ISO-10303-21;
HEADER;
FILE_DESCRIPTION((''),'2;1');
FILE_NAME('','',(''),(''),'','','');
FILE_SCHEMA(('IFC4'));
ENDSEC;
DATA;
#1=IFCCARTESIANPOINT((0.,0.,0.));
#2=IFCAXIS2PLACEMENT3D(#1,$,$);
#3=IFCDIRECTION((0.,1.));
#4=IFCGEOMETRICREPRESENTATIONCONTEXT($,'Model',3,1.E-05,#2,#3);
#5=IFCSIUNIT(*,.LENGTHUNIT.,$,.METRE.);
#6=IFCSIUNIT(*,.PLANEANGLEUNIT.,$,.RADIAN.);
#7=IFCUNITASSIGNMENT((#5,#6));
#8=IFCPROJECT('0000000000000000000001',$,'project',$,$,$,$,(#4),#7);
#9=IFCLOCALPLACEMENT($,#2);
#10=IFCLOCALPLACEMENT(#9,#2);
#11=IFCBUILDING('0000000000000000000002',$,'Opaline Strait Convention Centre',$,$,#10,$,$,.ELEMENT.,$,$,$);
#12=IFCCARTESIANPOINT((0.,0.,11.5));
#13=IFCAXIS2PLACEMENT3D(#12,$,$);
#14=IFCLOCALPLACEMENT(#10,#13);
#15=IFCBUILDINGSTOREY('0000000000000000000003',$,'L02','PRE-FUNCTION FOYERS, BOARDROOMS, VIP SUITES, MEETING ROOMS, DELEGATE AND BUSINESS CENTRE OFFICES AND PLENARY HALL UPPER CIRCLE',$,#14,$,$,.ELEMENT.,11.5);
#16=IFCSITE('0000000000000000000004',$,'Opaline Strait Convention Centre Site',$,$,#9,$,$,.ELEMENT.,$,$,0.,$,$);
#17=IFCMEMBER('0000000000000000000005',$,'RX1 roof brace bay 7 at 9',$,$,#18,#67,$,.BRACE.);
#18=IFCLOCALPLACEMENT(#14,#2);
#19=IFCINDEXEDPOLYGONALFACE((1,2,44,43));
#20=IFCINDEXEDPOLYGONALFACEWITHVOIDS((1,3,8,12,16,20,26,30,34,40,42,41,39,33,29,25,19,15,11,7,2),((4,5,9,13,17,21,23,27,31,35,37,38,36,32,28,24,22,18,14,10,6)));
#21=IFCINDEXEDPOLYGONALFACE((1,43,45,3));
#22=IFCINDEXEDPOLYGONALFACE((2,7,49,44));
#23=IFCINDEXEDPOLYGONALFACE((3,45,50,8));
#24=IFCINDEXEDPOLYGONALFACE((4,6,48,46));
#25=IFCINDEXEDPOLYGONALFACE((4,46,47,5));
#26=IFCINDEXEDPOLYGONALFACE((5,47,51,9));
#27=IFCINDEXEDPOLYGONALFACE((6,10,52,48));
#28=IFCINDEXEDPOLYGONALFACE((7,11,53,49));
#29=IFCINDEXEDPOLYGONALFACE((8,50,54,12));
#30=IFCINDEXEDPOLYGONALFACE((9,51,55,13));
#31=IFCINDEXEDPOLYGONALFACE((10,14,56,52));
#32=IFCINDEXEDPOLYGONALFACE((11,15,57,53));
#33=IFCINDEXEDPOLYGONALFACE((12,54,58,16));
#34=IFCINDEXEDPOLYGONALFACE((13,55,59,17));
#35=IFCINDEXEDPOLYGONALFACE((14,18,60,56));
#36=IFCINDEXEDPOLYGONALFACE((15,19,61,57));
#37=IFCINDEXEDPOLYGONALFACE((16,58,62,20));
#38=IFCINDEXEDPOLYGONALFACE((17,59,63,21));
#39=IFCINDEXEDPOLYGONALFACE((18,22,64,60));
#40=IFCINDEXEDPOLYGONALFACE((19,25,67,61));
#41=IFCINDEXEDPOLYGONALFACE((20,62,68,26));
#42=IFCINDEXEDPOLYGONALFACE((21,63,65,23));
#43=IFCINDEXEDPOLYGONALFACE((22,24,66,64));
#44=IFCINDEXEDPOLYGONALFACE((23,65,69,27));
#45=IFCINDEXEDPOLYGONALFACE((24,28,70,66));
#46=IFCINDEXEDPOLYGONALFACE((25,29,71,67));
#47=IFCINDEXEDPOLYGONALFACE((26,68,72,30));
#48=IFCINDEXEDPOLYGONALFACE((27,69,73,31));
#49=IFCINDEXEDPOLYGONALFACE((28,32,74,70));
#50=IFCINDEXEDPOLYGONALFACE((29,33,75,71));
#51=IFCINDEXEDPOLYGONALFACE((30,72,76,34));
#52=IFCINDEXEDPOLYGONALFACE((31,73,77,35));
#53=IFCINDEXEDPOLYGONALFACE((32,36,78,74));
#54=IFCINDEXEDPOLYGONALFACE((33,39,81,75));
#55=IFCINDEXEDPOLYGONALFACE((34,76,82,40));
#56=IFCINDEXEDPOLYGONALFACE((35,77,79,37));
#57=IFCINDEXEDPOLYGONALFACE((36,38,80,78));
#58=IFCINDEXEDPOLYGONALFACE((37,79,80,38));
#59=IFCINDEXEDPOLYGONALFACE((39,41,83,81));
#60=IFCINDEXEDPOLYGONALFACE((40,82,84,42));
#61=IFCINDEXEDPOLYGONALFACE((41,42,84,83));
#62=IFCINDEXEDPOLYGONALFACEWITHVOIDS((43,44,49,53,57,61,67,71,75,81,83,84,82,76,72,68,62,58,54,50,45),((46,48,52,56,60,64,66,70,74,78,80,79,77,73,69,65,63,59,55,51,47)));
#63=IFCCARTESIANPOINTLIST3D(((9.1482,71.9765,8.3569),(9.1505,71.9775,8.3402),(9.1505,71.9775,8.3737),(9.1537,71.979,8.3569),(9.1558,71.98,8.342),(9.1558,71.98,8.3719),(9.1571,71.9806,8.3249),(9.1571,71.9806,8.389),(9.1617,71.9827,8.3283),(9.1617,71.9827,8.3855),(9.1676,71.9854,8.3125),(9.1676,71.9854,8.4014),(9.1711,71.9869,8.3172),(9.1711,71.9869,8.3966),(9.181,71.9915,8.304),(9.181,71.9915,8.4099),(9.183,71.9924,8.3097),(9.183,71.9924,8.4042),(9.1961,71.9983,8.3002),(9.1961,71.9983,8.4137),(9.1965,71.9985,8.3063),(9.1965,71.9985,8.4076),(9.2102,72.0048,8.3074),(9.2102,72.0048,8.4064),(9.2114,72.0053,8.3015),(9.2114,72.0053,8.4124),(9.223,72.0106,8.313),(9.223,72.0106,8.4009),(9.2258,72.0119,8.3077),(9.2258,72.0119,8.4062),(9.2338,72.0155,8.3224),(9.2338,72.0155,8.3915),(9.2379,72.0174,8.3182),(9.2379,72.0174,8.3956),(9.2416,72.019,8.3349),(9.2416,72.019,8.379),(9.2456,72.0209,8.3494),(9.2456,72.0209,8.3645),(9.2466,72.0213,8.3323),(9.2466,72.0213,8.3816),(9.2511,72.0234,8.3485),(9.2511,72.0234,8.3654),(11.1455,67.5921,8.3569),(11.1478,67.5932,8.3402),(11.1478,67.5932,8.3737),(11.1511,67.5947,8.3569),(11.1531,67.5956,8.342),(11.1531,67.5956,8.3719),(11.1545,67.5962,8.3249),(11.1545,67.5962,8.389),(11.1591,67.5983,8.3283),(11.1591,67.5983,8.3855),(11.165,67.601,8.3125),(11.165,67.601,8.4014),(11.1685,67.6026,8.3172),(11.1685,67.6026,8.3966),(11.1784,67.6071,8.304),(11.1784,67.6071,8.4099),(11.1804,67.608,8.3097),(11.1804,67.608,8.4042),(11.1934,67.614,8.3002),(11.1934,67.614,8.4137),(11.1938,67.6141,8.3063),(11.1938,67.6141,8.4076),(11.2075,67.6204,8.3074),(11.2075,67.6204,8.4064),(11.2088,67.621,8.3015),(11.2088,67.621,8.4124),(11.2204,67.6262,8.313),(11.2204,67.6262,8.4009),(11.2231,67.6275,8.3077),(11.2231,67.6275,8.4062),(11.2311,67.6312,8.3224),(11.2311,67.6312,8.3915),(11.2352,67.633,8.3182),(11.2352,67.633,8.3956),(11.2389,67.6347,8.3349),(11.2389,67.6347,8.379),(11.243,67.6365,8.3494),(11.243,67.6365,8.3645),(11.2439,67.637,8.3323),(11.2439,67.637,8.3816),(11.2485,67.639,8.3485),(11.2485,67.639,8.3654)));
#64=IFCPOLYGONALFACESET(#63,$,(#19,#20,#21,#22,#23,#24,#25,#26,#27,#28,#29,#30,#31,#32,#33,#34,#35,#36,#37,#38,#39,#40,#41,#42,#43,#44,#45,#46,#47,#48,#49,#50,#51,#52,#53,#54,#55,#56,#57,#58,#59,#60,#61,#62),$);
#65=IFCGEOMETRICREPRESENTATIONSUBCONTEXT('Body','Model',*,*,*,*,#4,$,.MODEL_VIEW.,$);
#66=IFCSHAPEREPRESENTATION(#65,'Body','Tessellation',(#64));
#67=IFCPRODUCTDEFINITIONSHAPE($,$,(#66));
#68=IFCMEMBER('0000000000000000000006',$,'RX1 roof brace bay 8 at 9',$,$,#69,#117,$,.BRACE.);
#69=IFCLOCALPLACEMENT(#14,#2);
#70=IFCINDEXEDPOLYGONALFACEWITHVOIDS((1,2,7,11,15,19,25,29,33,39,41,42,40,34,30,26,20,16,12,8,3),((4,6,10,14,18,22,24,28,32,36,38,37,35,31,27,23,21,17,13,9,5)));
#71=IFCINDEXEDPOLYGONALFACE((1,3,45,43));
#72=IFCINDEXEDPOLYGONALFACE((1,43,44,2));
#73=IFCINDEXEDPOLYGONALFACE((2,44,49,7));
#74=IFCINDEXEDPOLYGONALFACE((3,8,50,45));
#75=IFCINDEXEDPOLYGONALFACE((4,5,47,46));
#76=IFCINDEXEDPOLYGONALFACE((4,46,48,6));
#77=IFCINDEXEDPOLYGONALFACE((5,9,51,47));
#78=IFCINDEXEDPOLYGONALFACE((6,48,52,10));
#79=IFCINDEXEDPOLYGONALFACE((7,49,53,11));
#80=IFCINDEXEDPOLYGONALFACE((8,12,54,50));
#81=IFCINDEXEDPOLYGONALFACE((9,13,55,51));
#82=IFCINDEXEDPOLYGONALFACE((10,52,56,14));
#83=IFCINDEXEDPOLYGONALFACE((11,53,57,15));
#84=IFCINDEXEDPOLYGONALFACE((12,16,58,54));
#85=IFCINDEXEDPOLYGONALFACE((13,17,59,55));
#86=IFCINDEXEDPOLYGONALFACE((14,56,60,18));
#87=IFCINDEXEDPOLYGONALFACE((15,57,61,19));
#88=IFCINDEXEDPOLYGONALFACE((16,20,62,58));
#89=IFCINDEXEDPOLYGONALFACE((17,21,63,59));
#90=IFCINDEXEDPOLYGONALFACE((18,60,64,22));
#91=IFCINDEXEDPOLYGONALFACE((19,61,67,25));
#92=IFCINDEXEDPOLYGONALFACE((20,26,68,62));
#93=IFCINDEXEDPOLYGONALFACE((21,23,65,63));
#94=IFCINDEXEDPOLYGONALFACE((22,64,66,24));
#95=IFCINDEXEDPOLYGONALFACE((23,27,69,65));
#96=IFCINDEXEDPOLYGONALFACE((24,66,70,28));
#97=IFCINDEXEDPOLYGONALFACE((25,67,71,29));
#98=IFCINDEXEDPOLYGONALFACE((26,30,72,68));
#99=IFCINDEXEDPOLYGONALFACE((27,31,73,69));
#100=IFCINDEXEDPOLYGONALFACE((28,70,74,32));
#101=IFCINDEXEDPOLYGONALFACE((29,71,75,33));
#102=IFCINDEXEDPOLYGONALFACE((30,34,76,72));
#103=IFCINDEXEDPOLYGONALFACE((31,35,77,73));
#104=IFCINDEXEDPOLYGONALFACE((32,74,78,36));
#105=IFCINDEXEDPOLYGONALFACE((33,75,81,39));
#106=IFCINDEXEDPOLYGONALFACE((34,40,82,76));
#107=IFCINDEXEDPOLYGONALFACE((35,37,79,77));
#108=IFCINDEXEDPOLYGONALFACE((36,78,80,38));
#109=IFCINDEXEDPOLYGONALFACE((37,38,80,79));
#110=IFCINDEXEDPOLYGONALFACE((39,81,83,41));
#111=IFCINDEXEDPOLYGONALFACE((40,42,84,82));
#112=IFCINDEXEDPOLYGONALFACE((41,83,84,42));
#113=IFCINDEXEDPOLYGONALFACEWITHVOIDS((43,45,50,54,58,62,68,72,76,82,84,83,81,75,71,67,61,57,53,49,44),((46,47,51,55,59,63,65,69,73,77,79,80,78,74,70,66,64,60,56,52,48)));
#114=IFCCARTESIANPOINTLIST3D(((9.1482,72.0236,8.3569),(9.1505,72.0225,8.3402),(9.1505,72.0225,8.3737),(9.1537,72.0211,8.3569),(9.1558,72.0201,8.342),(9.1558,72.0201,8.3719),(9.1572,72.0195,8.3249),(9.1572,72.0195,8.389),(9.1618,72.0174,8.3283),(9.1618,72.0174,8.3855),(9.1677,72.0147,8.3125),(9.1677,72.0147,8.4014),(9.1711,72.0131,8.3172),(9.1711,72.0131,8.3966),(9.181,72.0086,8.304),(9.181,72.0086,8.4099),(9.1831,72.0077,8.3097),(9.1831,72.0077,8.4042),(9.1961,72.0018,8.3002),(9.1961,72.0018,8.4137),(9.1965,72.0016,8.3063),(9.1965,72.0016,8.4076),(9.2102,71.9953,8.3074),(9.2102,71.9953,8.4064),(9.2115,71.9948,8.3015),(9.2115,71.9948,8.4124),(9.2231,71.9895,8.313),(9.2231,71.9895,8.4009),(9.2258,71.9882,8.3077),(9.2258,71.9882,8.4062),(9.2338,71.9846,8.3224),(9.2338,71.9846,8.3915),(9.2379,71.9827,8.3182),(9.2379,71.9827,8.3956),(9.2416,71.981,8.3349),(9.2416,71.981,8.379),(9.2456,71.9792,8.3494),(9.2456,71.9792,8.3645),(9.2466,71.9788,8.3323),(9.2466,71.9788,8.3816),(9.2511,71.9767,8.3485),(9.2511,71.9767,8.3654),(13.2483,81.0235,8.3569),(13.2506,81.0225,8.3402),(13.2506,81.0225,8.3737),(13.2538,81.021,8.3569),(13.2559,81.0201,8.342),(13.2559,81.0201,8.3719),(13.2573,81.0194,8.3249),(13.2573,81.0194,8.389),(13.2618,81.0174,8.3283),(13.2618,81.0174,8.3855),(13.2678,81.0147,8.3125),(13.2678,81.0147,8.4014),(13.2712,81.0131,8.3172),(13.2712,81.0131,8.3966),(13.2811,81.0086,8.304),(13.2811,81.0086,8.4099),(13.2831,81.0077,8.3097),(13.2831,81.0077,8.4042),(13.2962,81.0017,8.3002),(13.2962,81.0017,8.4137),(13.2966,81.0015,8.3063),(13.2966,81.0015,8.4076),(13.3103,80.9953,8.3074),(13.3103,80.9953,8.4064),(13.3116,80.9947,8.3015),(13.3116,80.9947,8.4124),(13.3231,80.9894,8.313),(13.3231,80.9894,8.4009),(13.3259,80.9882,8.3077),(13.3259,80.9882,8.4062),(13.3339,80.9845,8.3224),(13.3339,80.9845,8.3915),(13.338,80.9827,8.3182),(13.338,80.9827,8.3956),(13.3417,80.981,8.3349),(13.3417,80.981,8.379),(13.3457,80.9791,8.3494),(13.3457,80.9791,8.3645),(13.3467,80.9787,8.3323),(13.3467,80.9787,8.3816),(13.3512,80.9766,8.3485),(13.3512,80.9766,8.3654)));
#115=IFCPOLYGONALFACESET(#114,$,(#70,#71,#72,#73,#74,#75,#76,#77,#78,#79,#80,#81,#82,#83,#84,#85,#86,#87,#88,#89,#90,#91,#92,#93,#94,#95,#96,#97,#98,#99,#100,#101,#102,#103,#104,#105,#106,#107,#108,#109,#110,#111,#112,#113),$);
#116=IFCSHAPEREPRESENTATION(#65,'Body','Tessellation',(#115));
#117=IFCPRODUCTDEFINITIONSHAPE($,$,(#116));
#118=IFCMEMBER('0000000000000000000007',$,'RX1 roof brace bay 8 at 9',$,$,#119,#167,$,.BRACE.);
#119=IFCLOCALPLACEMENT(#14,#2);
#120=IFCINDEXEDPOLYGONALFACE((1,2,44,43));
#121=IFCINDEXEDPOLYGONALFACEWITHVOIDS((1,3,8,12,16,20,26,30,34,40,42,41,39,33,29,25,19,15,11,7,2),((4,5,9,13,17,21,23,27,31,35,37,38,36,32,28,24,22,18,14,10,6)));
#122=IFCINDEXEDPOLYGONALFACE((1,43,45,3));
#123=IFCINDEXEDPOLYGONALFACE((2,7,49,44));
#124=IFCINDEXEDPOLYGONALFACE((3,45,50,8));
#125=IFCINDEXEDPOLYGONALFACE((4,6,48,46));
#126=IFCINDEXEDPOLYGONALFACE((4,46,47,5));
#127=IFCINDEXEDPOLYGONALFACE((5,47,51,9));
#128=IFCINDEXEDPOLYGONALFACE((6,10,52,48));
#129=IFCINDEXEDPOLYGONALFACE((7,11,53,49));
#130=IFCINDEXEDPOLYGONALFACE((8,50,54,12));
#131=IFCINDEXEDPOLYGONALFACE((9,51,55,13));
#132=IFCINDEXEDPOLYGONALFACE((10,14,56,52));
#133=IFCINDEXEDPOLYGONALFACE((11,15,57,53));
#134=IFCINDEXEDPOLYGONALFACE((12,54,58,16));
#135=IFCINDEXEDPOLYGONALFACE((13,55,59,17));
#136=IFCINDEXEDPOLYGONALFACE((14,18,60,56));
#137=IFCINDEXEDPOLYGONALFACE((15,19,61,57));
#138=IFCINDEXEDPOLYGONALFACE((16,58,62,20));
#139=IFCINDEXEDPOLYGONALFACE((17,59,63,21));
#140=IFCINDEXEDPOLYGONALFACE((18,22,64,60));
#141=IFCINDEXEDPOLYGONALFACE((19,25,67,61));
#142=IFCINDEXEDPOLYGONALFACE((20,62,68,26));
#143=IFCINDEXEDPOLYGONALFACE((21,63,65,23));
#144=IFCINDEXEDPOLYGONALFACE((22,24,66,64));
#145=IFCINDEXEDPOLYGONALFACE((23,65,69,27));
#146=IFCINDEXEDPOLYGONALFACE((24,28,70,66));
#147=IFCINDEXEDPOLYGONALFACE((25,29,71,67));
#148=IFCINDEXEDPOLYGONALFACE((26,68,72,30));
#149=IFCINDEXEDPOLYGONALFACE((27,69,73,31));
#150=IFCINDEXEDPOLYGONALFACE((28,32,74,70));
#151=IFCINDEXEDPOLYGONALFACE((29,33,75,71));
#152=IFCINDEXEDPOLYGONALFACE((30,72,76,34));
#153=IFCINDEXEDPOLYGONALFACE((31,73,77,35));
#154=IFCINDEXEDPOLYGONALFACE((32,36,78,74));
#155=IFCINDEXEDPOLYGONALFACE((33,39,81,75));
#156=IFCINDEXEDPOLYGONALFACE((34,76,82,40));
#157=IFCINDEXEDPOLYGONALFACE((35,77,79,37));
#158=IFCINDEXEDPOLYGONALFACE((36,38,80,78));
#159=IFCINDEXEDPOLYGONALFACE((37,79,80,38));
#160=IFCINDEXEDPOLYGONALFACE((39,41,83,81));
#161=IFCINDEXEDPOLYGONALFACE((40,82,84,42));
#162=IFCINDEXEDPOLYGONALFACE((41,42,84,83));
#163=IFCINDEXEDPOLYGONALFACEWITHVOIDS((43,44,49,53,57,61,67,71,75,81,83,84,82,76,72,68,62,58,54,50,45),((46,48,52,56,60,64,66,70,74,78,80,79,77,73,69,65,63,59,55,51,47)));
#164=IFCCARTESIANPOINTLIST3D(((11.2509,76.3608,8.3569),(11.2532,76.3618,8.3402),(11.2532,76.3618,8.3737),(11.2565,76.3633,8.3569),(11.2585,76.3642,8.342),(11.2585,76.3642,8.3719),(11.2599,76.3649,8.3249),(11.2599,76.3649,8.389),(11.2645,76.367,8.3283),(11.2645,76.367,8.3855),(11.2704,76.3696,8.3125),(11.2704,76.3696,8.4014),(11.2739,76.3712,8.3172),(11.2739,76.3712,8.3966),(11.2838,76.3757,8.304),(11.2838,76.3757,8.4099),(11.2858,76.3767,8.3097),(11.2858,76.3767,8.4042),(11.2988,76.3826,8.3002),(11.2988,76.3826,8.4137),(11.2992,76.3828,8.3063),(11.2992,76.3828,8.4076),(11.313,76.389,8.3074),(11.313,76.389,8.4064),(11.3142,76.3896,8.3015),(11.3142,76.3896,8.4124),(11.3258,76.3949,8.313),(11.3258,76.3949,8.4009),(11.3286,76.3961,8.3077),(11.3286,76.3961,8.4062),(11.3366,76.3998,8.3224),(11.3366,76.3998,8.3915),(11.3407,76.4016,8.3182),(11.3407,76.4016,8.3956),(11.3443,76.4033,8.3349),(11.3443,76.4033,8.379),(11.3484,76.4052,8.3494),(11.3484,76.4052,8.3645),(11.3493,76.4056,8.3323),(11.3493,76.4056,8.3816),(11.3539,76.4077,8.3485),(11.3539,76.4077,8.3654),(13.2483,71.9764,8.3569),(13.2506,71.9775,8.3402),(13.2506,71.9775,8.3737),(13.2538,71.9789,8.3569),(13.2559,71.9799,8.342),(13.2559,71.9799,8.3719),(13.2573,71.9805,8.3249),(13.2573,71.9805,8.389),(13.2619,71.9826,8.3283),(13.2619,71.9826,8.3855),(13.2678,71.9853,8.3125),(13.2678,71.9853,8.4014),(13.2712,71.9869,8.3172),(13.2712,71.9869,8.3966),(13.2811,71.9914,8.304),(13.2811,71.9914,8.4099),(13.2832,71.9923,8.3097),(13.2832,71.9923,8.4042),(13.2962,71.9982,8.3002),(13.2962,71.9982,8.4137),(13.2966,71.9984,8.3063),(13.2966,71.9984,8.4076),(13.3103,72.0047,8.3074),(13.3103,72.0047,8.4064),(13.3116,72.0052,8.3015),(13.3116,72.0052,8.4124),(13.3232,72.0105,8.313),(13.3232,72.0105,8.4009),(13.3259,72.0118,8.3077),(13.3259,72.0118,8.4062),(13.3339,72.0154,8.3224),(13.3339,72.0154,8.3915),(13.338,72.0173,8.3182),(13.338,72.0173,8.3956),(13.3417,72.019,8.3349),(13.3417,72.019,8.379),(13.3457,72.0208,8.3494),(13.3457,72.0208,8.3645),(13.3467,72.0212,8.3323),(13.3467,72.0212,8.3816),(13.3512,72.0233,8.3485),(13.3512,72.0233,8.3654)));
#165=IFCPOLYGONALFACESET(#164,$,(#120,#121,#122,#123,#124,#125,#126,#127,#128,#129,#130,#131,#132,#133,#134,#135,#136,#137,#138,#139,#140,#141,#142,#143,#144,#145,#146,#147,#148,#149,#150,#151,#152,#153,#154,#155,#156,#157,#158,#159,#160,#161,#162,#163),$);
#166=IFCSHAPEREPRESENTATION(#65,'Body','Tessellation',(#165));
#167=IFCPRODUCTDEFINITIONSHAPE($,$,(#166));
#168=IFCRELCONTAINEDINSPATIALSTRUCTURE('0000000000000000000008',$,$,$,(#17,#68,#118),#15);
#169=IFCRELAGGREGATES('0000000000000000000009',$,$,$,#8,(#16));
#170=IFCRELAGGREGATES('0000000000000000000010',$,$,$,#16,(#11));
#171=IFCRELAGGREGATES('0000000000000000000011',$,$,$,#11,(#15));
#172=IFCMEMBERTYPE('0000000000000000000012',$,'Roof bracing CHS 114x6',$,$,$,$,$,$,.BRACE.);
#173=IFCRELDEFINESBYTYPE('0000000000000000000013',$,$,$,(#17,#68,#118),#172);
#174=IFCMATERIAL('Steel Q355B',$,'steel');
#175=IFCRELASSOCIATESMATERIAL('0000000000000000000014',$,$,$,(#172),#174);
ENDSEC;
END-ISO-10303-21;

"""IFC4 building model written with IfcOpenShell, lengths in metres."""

from ifc_helpers import new_model, si_unit, direction, frame, origin, origin_2d, place, context, subcontext, project, spatial, hollow_circle, extrude, material, material_profile, profile_set, type_object, element, save


model = new_model("IFC4")

# Units and contexts
model_context = context("Model", 3, precision=1e-05, world=origin(), true_north=direction((0.0, 1.0)))
body_context = subcontext(model_context, "Body", "Model", "MODEL_VIEW")
ifc_project = project(units=[si_unit("LENGTHUNIT", "METRE"), si_unit("PLANEANGLEUNIT", "RADIAN")], contexts=[model_context])

# Site, building, storey
site_placement = place(None, origin())
site = spatial("IfcSite", under=ifc_project, at=site_placement, Name="Opaline Strait Convention Centre Site", CompositionType="ELEMENT", RefElevation=0.0)
building_placement = place(site_placement, origin())
building = spatial("IfcBuilding", under=site, at=building_placement, Name="Opaline Strait Convention Centre", CompositionType="ELEMENT")
storey_placement = place(building_placement, frame((0.0, 0.0, 11.5)))
storey = spatial("IfcBuildingStorey", under=building, at=storey_placement, Name="L02", Description="PRE-FUNCTION FOYERS, BOARDROOMS, VIP SUITES, MEETING ROOMS, DELEGATE AND BUSINESS CENTRE OFFICES AND PLENARY HALL UPPER CIRCLE", CompositionType="ELEMENT", Elevation=11.5)

# Shared definitions
ifc_material_1 = material(Name="Steel Q355B", Category="steel")

# Members
ifc_material_profile_1 = material_profile(ifc_material_1, hollow_circle(Radius=0.0569, WallThickness=0.0061, at=origin_2d()), Name="CHS 114x6")
ifc_profile_set_1 = profile_set([ifc_material_profile_1], Name="Steel Q355B")
member_type_1 = type_object("IfcMemberType", Name="Roof bracing CHS 114x6", PredefinedType="BRACE", material=ifc_profile_set_1)
member_1_placement = place(storey_placement, frame((11.1973, 67.6157, 8.3569), z_axis=(-0.41457, 0.910017, 0.0), x_axis=(-0.910017, -0.41457, 0.0)))
element("IfcMember", 1, at=member_1_placement, inside=storey, type_object=member_type_1, Name="RX1 roof brace bay 7 at 9", PredefinedType="BRACE", context=body_context, shape_type="SweptSolid", body=[
    extrude(hollow_circle(Radius=0.0569, WallThickness=0.0061, at=origin_2d()), origin(), (0.0, 0.0, 1.0), 4.8179),
])
member_2_placement = place(storey_placement, frame((9.2, 72.0, 8.3569), z_axis=(0.414573, 0.910016, 0.0), x_axis=(-0.910016, 0.414573, 0.0)))
element("IfcMember", 2, at=member_2_placement, inside=storey, type_object=member_type_1, Name="RX1 roof brace bay 8 at 9", PredefinedType="BRACE", context=body_context, shape_type="SweptSolid", body=[
    extrude(hollow_circle(Radius=0.0569, WallThickness=0.0061, at=origin_2d()), origin(), (0.0, 0.0, 1.0), 9.8899),
])
member_3_placement = place(storey_placement, frame((13.3, 72.0, 8.3569), z_axis=(-0.41457, 0.910017, 0.0), x_axis=(-0.910017, -0.41457, 0.0)))
element("IfcMember", 3, at=member_3_placement, inside=storey, type_object=member_type_1, Name="RX1 roof brace bay 8 at 9", PredefinedType="BRACE", context=body_context, shape_type="SweptSolid", body=[
    extrude(hollow_circle(Radius=0.0569, WallThickness=0.0061, at=origin_2d()), origin(), (0.0, 0.0, 1.0), 4.8179),
])

save(model, "model.ifc")
